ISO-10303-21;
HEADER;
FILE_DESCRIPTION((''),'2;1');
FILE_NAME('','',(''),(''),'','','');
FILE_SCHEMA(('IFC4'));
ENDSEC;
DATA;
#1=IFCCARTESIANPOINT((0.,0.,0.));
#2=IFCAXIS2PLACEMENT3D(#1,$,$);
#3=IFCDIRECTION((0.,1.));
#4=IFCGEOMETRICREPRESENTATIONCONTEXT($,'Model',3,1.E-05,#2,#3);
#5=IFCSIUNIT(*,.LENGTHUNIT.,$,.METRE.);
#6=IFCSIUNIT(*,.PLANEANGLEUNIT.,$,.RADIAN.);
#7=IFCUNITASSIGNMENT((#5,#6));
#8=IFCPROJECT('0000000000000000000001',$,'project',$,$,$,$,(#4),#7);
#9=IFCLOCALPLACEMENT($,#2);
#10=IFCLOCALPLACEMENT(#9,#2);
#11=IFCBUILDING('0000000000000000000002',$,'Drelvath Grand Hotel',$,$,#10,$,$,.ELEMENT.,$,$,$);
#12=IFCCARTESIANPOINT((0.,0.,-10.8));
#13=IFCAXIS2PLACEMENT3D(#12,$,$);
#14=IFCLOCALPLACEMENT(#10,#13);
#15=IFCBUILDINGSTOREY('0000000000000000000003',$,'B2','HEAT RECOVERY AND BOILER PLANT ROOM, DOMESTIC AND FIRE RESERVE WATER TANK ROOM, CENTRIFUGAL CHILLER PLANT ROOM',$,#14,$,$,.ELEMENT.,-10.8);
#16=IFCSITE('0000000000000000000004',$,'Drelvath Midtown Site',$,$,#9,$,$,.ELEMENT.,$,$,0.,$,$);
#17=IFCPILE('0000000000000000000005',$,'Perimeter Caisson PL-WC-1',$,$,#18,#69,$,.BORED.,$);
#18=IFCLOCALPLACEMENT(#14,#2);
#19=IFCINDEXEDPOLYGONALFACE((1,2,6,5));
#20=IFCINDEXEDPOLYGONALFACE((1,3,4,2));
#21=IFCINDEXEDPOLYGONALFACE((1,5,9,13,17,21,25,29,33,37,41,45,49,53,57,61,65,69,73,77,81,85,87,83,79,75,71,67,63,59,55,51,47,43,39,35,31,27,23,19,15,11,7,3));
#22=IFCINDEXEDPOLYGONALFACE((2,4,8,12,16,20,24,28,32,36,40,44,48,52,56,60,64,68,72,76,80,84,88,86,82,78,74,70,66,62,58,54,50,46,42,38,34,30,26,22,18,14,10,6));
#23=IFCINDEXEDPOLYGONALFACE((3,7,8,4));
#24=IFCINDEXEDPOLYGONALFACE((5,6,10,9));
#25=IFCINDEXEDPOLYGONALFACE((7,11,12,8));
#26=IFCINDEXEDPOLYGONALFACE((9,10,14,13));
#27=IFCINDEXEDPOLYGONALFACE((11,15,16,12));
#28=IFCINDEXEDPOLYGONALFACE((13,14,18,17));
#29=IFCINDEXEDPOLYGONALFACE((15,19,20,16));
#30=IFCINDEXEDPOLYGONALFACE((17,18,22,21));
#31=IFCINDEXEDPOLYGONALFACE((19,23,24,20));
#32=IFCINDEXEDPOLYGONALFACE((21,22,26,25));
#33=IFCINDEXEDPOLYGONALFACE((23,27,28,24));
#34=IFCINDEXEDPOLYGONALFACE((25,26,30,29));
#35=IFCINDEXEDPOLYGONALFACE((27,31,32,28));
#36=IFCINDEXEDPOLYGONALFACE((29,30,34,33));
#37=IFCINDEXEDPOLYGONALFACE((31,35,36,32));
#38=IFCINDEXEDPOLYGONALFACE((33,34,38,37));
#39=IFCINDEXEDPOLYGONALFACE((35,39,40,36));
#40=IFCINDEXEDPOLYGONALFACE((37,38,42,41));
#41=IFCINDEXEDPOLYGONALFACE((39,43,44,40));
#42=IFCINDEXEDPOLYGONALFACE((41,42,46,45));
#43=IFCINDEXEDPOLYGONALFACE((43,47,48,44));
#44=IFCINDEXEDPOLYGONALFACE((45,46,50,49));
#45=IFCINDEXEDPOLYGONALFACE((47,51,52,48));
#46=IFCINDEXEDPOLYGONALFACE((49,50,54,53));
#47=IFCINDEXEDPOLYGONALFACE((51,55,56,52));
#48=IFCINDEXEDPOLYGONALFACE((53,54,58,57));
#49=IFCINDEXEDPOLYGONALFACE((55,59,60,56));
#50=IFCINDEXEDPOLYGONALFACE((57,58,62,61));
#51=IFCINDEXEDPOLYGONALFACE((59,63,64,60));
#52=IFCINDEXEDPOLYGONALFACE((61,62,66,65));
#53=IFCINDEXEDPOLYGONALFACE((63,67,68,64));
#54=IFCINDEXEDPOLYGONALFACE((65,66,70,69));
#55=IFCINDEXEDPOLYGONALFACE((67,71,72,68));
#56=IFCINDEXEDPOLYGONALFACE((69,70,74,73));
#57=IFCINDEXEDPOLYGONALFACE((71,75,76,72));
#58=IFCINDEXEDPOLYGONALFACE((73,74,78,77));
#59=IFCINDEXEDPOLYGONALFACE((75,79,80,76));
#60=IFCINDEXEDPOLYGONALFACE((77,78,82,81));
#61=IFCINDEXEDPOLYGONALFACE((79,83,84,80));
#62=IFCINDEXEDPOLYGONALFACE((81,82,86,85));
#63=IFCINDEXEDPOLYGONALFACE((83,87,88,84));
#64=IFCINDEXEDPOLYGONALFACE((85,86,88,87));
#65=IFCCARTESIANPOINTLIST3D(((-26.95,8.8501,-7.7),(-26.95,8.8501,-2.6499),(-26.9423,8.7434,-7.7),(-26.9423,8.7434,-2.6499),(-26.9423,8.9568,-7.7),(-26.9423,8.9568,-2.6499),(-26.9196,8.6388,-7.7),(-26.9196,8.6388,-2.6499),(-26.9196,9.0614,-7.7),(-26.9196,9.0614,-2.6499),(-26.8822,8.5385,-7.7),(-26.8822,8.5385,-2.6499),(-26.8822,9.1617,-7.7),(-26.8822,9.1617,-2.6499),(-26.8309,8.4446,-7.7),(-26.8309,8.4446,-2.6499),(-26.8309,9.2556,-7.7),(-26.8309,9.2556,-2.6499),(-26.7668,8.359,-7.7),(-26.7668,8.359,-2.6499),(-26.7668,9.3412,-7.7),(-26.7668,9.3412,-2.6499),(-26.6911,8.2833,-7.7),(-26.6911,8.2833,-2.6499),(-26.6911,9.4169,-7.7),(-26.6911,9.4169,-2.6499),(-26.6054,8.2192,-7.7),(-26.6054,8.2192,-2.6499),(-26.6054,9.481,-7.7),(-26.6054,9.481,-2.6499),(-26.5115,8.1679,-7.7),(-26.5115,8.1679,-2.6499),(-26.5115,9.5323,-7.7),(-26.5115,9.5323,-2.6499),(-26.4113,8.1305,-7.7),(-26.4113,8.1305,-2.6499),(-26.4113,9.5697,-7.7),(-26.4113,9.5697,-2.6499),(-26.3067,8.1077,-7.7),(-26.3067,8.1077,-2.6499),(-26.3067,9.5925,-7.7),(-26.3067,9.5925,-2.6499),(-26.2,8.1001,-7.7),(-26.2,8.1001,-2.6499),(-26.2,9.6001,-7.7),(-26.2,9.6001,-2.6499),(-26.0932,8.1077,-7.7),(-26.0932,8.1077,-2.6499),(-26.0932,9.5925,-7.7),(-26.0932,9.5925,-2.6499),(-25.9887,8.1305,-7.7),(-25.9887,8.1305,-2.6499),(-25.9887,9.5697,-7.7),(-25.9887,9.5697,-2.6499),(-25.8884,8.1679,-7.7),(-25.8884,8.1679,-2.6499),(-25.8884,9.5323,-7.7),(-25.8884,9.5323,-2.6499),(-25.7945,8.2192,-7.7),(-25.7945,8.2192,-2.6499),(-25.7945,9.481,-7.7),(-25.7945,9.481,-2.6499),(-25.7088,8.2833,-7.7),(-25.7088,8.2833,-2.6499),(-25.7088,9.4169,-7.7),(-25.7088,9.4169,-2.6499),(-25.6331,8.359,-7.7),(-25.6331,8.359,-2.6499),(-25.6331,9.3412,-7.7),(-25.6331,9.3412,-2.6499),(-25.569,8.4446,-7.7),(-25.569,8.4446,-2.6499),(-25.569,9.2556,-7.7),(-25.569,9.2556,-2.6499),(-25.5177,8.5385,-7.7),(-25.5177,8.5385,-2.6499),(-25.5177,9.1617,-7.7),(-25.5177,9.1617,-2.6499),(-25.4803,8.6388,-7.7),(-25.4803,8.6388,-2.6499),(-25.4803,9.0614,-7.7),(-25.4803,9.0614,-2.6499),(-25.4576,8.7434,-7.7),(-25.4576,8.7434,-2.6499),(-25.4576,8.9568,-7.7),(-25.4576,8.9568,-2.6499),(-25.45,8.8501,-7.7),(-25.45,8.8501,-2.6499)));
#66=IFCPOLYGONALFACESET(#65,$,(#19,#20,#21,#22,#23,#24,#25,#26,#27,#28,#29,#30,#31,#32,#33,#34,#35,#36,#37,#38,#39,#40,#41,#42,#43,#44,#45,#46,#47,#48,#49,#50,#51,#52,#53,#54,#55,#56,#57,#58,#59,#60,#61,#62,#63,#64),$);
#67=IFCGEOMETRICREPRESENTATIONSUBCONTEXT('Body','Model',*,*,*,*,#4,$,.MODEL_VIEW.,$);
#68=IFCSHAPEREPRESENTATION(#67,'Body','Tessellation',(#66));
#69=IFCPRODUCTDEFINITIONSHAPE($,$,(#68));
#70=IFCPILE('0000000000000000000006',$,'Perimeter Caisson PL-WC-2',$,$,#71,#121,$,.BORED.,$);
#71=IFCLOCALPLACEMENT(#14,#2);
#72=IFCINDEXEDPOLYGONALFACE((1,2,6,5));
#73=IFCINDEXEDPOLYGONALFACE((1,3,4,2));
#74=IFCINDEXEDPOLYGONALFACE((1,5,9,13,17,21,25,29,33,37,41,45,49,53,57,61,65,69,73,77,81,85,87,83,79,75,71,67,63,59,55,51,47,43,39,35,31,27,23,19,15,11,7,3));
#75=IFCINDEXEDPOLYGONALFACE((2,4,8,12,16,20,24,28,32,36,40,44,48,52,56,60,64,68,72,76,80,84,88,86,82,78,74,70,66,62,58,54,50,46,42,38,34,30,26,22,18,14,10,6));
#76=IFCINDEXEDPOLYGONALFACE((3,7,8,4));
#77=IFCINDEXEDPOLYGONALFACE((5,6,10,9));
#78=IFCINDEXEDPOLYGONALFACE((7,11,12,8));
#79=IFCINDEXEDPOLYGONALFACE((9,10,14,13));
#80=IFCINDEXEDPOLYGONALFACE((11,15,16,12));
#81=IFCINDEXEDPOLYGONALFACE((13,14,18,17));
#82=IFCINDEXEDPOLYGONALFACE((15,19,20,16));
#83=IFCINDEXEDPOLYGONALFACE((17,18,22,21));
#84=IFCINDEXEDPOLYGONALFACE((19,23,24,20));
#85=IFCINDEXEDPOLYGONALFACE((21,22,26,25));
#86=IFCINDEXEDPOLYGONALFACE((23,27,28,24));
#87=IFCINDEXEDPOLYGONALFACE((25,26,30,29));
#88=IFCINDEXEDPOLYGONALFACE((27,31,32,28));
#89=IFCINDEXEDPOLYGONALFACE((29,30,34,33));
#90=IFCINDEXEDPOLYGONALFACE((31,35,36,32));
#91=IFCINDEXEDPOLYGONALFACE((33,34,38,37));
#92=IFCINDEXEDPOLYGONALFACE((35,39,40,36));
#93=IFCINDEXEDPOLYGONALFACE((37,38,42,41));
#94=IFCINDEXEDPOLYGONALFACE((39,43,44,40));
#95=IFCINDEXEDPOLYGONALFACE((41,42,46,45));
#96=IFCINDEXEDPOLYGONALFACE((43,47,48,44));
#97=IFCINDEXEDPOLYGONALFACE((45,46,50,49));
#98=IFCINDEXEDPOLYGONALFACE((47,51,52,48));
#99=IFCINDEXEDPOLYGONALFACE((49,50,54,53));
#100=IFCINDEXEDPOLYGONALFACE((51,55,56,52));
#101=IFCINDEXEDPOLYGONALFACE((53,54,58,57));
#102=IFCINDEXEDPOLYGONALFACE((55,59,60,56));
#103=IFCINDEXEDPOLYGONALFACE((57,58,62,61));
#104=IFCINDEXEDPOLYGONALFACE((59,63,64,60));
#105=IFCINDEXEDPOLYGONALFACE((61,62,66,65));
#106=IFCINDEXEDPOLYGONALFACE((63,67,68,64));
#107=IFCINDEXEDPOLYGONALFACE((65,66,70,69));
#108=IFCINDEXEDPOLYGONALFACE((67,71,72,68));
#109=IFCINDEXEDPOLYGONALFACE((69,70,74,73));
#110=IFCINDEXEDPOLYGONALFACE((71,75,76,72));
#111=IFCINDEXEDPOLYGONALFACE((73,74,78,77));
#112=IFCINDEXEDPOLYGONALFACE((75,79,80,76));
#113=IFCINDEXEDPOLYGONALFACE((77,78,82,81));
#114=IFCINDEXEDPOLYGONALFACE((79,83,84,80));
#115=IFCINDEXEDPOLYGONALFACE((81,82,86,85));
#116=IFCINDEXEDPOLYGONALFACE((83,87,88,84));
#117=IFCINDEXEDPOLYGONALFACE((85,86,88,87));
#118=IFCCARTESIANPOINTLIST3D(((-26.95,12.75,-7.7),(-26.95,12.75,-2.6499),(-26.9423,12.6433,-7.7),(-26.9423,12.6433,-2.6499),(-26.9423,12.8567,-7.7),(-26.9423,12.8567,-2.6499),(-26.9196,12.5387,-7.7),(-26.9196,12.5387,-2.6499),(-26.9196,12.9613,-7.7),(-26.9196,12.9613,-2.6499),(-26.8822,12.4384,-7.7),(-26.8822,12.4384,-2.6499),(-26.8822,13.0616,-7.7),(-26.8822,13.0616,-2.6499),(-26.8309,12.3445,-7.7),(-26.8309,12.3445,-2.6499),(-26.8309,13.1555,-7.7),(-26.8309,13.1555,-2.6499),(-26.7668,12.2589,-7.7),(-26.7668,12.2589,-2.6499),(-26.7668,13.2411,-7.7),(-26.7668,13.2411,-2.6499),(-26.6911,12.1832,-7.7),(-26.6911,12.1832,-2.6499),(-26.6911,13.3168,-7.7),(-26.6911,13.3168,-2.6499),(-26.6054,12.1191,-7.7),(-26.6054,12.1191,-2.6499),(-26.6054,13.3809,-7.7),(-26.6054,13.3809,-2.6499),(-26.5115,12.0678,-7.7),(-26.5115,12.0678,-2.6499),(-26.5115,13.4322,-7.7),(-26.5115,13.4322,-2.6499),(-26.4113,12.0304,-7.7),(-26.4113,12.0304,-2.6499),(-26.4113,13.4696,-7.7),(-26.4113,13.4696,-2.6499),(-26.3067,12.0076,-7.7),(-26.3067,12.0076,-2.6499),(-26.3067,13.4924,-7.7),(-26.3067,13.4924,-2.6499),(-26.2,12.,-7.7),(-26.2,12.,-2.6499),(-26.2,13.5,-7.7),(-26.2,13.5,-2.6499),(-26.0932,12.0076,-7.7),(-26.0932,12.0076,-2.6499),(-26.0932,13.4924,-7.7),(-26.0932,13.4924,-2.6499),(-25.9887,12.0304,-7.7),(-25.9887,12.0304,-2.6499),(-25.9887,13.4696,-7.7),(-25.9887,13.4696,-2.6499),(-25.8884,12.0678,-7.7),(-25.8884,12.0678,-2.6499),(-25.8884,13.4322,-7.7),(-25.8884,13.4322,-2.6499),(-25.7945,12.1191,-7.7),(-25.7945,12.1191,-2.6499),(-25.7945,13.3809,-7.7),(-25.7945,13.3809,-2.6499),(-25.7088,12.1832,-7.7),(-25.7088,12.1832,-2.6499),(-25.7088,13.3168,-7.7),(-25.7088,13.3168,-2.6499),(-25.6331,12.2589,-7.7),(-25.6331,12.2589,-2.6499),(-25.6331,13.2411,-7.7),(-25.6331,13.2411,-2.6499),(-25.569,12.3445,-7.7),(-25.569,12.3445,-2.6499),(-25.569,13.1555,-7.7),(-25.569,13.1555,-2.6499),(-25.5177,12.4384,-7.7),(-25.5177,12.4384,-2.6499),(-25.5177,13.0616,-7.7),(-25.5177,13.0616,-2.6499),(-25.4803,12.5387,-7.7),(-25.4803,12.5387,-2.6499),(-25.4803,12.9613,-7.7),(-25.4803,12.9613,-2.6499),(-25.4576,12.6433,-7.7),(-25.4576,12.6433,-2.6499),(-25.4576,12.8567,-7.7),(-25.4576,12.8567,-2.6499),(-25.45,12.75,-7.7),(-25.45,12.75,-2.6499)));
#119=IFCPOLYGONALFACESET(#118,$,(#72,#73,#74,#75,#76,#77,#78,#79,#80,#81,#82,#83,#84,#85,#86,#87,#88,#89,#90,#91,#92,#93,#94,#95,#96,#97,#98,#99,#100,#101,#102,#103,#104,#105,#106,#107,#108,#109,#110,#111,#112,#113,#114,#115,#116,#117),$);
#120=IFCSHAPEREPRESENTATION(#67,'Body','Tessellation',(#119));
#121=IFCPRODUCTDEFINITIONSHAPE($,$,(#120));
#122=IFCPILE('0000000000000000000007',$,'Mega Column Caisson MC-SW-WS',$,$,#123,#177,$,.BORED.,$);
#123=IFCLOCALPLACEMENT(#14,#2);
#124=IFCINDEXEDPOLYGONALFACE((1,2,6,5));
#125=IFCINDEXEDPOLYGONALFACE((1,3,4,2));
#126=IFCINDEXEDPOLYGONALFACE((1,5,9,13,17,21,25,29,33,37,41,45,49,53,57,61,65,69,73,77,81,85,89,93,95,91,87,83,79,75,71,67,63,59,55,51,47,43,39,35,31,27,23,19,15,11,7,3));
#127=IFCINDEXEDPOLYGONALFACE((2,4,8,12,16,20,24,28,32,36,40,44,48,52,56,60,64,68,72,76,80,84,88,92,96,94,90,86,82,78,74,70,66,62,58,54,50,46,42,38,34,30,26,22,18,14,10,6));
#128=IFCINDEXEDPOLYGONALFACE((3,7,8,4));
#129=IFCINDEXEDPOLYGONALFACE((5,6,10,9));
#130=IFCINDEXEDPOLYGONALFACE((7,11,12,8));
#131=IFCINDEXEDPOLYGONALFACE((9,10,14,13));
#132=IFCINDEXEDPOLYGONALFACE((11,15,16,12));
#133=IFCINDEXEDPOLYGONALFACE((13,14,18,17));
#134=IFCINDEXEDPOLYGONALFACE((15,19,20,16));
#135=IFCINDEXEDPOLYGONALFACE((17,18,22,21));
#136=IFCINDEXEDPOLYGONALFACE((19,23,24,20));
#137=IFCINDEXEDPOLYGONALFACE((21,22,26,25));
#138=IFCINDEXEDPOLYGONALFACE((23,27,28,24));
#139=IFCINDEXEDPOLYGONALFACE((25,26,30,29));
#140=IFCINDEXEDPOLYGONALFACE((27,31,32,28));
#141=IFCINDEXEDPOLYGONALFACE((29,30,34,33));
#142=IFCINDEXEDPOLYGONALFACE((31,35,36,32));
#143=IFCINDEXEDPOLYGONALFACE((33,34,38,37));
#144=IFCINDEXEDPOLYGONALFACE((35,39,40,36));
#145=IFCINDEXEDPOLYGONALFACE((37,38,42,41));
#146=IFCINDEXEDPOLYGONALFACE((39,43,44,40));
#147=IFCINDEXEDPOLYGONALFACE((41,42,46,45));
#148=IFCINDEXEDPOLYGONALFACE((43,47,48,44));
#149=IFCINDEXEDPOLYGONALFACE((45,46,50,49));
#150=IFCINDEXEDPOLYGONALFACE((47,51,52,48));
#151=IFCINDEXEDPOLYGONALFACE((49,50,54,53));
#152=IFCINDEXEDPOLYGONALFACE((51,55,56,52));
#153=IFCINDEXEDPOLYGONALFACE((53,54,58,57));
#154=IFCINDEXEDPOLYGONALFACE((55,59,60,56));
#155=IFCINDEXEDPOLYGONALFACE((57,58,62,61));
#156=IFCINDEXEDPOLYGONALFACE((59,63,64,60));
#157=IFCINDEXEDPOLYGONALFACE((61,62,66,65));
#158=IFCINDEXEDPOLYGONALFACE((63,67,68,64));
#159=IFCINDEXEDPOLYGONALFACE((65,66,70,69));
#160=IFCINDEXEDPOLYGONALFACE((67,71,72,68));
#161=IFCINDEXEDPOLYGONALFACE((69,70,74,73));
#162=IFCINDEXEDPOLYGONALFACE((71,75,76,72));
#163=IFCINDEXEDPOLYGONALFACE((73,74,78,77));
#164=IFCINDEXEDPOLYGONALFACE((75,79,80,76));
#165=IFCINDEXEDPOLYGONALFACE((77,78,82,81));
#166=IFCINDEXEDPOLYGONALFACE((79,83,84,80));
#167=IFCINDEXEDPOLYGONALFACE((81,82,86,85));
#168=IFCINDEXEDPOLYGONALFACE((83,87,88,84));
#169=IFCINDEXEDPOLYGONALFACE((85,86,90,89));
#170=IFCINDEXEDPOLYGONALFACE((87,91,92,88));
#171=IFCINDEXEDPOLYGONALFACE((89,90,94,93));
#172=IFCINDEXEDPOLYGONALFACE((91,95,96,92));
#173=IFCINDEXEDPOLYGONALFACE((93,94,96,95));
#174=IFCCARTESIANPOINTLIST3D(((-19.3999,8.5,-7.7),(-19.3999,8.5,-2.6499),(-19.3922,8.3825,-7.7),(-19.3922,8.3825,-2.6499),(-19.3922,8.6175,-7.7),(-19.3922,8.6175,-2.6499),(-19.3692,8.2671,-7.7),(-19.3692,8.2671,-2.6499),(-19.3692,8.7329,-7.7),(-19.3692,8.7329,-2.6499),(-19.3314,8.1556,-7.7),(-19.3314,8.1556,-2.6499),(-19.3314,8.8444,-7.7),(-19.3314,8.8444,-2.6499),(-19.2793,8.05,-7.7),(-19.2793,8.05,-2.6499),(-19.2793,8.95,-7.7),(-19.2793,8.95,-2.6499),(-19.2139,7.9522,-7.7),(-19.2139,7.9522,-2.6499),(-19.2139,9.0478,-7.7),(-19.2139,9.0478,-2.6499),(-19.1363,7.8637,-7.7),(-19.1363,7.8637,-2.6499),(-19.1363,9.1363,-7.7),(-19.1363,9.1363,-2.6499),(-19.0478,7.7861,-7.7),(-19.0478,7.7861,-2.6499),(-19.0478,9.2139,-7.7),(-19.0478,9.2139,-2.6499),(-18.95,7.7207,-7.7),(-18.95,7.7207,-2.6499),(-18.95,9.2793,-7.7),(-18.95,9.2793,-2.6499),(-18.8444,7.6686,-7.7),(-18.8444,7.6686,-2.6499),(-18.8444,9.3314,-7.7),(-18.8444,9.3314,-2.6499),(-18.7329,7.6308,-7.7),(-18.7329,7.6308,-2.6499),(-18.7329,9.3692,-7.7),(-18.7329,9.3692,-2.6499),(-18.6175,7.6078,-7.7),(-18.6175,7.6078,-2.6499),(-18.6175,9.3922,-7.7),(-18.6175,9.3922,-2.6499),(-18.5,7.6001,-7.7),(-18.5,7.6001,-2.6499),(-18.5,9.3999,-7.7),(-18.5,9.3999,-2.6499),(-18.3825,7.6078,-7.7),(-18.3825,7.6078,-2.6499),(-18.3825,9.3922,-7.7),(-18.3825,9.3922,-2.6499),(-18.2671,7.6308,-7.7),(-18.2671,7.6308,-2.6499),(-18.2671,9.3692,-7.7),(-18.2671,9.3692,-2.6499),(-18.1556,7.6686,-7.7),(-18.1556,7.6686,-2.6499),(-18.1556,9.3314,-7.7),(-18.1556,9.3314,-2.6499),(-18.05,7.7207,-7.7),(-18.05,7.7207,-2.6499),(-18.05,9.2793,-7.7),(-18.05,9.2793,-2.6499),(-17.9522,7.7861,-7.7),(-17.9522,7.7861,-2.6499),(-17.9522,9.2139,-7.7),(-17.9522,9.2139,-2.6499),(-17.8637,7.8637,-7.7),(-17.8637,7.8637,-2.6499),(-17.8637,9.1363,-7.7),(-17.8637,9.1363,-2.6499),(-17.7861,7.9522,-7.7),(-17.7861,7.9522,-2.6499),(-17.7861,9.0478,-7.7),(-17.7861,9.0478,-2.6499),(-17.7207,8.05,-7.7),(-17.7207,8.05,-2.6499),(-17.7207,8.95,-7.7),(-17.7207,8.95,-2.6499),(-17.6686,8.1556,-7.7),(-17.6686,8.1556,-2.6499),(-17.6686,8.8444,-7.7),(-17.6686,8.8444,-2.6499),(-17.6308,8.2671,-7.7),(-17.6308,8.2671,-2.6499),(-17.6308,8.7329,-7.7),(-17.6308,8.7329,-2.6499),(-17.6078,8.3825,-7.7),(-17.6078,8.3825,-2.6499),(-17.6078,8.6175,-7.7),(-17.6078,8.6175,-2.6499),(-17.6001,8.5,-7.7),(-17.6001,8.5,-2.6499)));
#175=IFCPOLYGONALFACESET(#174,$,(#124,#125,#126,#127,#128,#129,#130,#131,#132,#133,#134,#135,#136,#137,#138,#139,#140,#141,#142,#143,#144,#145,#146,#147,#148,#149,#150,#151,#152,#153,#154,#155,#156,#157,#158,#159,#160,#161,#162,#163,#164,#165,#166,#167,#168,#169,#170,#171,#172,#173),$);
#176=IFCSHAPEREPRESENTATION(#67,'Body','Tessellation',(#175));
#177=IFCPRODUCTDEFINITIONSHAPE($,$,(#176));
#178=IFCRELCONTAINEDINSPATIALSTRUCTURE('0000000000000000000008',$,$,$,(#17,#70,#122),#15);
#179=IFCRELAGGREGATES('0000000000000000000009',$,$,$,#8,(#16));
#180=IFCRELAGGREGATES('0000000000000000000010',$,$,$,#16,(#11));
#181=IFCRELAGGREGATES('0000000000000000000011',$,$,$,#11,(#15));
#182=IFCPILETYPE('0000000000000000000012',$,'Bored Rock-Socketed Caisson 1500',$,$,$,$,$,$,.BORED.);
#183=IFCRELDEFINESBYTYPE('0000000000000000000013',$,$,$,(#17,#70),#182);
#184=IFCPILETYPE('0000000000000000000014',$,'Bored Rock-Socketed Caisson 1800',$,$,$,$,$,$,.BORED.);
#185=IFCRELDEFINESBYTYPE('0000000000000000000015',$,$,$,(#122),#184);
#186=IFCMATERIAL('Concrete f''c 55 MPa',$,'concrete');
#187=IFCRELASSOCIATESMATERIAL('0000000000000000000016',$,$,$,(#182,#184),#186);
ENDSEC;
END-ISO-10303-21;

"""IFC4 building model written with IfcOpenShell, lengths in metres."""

from ifc_helpers import new_model, si_unit, direction, frame, origin, origin_2d, place, context, subcontext, project, spatial, circle, extrude, material, material_profile, profile_set, type_object, element, save


model = new_model("IFC4")

# Units and contexts
model_context = context("Model", 3, precision=1e-05, world=origin(), true_north=direction((0.0, 1.0)))
body_context = subcontext(model_context, "Body", "Model", "MODEL_VIEW")
ifc_project = project(units=[si_unit("LENGTHUNIT", "METRE"), si_unit("PLANEANGLEUNIT", "RADIAN")], contexts=[model_context])

# Site, building, storey
site_placement = place(None, origin())
site = spatial("IfcSite", under=ifc_project, at=site_placement, Name="Drelvath Midtown Site", CompositionType="ELEMENT", RefElevation=0.0)
building_placement = place(site_placement, origin())
building = spatial("IfcBuilding", under=site, at=building_placement, Name="Drelvath Grand Hotel", CompositionType="ELEMENT")
storey_placement = place(building_placement, frame((0.0, 0.0, -10.8)))
storey = spatial("IfcBuildingStorey", under=building, at=storey_placement, Name="B2", Description="HEAT RECOVERY AND BOILER PLANT ROOM, DOMESTIC AND FIRE RESERVE WATER TANK ROOM, CENTRIFUGAL CHILLER PLANT ROOM", CompositionType="ELEMENT", Elevation=-10.8)

# Piles
ifc_material_1 = material(Name="Concrete f'c 55 MPa", Category="concrete")
ifc_material_profile_1 = material_profile(ifc_material_1, circle(Radius=0.75, at=origin_2d()), Name="CAISSON1500")
ifc_profile_set_1 = profile_set([ifc_material_profile_1], Name="Concrete f'c 55 MPa")
pile_type_1 = type_object("IfcPileType", Name="Bored Rock-Socketed Caisson 1500", PredefinedType="BORED", material=ifc_profile_set_1)
for number, where, z_axis, x_axis, name in (
    (1, (-26.2, 8.8501, -2.6499), (0.0, 0.0, -1.0), (1.0, 0.0, 0.0), "Perimeter Caisson PL-WC-1"),
    (2, (-26.2, 12.75, -2.6499), (0.0, 0.0, -1.0), (1.0, 0.0, 0.0), "Perimeter Caisson PL-WC-2"),
):
    element("IfcPile", number, at=place(storey_placement, frame(where, z_axis=z_axis, x_axis=x_axis)), inside=storey, type_object=pile_type_1, Name=name, PredefinedType="BORED", context=body_context, shape_type="SweptSolid", body=[
        extrude(circle(Radius=0.75, at=origin_2d()), origin(), (0.0, 0.0, 1.0), 5.05),
    ])
ifc_material_profile_2 = material_profile(ifc_material_1, circle(Radius=0.8999, at=origin_2d()), Name="CAISSON1800")
ifc_profile_set_2 = profile_set([ifc_material_profile_2], Name="Concrete f'c 55 MPa")
pile_type_2 = type_object("IfcPileType", Name="Bored Rock-Socketed Caisson 1800", PredefinedType="BORED", material=ifc_profile_set_2)
for number, where, z_axis, x_axis, name in (
    (3, (-18.5, 8.5, -2.6499), (0.0, 0.0, -1.0), (1.0, 0.0, 0.0), "Mega Column Caisson MC-SW-WS"),
):
    element("IfcPile", number, at=place(storey_placement, frame(where, z_axis=z_axis, x_axis=x_axis)), inside=storey, type_object=pile_type_2, Name=name, PredefinedType="BORED", context=body_context, shape_type="SweptSolid", body=[
        extrude(circle(Radius=0.8999, at=origin_2d()), origin(), (0.0, 0.0, 1.0), 5.05),
    ])

save(model, "model.ifc")
